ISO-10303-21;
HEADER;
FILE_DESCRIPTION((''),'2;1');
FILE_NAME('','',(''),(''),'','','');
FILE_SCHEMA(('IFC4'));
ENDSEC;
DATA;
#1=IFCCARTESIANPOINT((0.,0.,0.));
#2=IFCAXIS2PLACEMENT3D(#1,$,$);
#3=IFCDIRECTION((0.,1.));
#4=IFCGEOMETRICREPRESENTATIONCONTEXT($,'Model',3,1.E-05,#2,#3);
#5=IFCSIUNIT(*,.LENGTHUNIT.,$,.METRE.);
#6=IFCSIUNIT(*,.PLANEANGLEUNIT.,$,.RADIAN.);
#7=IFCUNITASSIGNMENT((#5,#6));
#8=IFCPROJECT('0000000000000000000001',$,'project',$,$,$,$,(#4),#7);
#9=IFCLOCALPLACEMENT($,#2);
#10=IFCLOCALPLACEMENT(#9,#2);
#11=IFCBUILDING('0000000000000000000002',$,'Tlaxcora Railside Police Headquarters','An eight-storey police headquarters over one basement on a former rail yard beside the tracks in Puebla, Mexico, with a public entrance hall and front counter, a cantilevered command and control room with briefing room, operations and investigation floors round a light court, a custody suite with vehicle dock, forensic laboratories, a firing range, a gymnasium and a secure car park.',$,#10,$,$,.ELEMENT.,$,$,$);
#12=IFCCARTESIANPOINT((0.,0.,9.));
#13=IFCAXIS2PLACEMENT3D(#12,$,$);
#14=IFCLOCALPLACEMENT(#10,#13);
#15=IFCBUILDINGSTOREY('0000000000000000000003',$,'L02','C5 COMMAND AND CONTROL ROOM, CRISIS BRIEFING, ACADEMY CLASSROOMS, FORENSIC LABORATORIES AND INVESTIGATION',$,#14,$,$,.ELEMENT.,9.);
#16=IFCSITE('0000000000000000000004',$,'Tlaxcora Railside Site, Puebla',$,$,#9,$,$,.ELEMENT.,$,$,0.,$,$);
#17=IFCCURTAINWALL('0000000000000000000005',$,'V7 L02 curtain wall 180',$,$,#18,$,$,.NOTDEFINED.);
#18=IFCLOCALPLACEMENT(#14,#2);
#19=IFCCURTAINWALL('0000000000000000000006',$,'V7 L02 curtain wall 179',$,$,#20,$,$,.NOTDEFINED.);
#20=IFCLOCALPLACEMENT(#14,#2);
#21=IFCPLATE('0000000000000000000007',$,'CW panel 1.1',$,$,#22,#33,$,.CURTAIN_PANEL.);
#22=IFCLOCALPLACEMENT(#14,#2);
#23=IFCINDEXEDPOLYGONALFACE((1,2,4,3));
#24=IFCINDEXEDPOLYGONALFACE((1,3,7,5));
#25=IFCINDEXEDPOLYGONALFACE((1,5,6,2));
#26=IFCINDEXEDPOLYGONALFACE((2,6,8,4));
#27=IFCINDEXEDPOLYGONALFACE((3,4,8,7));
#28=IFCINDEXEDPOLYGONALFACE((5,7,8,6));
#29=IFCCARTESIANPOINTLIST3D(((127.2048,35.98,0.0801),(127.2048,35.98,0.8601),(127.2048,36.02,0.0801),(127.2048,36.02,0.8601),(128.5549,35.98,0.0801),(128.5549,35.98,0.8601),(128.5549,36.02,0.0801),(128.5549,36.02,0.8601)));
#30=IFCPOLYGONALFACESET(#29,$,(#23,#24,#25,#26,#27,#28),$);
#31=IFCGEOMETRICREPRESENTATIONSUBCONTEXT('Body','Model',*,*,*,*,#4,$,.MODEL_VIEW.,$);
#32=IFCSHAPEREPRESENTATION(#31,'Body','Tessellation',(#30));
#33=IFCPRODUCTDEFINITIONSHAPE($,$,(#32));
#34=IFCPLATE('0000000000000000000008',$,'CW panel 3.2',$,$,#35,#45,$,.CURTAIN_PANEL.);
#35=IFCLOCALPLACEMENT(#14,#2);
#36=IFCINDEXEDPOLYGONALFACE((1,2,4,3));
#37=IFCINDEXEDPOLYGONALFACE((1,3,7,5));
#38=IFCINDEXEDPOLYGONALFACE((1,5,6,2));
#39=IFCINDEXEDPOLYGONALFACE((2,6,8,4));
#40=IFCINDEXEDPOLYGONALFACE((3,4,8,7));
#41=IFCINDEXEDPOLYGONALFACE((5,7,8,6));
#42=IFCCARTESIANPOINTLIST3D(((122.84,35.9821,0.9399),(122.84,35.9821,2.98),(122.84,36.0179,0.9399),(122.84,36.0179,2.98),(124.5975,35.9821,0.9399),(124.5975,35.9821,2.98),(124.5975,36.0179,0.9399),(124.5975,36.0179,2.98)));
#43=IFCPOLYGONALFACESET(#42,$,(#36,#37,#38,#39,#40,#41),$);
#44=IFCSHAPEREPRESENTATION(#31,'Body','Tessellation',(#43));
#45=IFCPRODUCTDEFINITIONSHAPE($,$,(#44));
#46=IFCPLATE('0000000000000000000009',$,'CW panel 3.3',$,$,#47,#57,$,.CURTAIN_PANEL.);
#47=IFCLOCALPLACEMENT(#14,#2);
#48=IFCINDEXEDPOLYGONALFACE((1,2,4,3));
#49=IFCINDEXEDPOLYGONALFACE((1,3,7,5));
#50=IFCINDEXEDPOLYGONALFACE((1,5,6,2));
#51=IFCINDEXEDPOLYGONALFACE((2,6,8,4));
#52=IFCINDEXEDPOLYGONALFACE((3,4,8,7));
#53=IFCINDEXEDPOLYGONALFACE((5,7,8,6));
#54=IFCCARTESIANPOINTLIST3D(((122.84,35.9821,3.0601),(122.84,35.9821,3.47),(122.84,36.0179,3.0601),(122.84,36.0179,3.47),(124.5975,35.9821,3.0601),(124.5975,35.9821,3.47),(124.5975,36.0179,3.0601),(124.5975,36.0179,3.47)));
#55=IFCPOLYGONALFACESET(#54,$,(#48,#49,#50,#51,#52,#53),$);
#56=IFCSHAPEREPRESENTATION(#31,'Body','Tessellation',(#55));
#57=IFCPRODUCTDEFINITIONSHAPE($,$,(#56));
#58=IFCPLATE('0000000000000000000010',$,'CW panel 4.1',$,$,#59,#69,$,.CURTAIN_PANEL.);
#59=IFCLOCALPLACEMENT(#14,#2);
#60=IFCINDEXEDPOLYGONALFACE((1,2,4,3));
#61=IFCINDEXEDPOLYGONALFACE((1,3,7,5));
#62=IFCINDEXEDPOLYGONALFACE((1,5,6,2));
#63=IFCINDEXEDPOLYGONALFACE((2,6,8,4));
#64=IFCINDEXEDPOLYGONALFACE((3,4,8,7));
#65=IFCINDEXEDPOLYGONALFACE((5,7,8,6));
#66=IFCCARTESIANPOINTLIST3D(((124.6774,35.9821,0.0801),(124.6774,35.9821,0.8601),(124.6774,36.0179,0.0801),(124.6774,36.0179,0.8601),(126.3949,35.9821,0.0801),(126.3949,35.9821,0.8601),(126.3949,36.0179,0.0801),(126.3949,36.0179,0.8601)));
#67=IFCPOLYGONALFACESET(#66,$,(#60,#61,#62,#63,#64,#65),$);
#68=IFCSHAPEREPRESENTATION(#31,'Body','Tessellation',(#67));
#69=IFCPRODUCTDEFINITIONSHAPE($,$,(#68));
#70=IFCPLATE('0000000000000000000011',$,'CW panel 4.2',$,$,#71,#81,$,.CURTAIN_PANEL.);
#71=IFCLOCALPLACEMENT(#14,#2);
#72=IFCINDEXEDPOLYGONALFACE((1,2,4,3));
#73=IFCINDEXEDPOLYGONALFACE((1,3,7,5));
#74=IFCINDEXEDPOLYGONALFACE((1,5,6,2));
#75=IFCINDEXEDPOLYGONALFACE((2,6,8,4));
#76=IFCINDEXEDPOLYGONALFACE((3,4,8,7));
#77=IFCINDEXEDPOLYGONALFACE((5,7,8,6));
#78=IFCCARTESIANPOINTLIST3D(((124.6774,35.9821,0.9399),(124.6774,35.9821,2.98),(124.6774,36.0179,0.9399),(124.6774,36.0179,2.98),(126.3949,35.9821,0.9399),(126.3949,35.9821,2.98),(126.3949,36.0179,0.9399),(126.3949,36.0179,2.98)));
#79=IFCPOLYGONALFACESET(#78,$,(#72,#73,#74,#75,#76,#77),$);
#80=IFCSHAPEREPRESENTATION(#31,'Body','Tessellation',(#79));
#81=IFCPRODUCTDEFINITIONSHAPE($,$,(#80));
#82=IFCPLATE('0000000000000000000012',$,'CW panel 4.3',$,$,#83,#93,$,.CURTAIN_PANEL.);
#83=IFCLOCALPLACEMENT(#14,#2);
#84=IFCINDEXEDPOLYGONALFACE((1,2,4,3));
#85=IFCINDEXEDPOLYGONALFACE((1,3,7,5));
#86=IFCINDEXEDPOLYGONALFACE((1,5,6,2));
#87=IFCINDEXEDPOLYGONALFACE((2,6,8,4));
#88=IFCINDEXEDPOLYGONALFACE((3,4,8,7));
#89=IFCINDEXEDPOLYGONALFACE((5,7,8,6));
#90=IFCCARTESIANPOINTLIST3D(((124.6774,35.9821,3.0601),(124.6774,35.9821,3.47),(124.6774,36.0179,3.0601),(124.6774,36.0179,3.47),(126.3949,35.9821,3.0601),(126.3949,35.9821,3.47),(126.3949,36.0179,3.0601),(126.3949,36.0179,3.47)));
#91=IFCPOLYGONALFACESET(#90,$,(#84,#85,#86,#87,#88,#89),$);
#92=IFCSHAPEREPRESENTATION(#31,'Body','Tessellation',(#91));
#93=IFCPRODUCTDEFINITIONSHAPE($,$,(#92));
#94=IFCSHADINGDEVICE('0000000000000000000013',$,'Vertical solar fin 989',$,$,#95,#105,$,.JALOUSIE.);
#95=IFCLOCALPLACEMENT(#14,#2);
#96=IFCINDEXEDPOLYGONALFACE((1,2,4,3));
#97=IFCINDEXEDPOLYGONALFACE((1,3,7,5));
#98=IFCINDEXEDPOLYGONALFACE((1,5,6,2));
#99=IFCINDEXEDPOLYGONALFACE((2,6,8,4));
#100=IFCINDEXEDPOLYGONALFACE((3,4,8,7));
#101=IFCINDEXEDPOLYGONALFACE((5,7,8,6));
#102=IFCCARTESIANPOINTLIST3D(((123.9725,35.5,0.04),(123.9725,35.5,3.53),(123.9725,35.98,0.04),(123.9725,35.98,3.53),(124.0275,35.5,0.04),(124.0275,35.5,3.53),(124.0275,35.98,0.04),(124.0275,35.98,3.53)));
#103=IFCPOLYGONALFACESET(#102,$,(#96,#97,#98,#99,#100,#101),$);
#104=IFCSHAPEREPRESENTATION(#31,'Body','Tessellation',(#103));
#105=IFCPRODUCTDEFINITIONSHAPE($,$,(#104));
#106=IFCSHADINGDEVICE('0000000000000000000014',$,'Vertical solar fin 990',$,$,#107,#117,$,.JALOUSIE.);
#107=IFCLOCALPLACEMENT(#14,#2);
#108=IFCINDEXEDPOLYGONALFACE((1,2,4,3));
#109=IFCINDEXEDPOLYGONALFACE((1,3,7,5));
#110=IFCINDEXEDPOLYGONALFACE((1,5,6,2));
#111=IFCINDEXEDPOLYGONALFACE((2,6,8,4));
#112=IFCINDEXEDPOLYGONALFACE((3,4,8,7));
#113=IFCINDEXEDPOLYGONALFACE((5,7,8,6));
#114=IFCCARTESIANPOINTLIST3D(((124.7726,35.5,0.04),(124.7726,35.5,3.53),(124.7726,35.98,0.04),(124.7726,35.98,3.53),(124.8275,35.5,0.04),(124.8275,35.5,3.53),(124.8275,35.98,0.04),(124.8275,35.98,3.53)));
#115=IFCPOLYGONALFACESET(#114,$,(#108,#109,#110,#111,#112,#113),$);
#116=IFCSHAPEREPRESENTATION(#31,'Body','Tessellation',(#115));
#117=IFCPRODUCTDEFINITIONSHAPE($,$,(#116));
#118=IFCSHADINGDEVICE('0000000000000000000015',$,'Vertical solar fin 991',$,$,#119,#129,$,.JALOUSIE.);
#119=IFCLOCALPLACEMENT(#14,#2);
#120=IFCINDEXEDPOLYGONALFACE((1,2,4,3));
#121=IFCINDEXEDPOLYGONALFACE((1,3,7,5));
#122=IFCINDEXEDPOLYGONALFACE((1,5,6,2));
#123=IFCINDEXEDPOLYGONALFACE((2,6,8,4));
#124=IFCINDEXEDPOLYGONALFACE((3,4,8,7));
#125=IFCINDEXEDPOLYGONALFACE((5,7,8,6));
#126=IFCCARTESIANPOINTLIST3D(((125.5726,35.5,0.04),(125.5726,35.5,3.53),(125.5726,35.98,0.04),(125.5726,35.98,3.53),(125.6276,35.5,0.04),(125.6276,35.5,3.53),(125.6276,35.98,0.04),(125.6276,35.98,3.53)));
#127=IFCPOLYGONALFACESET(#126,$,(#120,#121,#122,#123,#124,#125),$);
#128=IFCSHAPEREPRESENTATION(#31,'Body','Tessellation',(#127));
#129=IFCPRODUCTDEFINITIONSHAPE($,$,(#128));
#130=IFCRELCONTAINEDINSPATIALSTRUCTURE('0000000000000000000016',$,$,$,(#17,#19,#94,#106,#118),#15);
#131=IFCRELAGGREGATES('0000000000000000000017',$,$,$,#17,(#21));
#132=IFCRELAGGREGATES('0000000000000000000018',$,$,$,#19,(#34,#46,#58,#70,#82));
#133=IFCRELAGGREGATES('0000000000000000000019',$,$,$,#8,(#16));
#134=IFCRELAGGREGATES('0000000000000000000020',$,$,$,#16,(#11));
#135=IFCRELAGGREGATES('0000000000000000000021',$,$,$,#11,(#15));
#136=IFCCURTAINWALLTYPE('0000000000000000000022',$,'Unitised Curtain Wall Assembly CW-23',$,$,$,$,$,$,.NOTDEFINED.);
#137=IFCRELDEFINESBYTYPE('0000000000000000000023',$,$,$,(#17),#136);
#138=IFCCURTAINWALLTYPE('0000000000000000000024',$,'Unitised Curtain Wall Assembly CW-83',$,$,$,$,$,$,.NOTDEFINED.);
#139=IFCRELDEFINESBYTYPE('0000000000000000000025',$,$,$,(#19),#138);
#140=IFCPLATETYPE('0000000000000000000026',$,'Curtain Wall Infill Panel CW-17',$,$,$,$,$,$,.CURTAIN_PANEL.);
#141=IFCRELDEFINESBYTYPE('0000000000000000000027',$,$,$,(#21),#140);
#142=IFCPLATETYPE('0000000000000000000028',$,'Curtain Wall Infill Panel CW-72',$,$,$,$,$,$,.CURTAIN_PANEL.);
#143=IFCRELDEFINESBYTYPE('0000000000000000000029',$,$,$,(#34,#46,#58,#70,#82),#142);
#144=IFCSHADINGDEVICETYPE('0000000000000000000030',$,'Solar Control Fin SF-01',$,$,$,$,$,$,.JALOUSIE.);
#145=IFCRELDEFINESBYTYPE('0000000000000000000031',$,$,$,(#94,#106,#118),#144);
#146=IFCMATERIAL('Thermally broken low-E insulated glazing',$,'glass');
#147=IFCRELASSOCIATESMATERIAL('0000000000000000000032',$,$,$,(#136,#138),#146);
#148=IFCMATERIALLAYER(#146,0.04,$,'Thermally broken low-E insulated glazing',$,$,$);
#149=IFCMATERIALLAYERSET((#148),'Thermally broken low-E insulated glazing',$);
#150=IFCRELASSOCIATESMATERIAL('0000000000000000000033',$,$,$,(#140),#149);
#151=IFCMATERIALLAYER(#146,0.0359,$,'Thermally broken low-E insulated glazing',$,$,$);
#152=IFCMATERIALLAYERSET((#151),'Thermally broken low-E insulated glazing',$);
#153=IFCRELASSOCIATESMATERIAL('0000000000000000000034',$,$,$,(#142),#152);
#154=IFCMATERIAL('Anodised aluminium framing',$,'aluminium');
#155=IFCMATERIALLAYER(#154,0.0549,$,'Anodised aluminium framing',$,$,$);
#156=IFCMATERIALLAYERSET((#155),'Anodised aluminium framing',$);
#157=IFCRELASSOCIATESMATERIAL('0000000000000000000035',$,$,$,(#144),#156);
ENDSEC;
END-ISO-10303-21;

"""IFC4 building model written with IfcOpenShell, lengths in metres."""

from ifc_helpers import new_model, si_unit, direction, frame, origin, origin_2d, place, context, subcontext, project, spatial, rectangle, extrude, material, layer, layer_set, type_object, element, aggregate, save


model = new_model("IFC4")

# Units and contexts
model_context = context("Model", 3, precision=1e-05, world=origin(), true_north=direction((0.0, 1.0)))
body_context = subcontext(model_context, "Body", "Model", "MODEL_VIEW")
ifc_project = project(units=[si_unit("LENGTHUNIT", "METRE"), si_unit("PLANEANGLEUNIT", "RADIAN")], contexts=[model_context])

# Site, building, storey
site_placement = place(None, origin())
site = spatial("IfcSite", under=ifc_project, at=site_placement, Name="Tlaxcora Railside Site, Puebla", CompositionType="ELEMENT", RefElevation=0.0)
building_placement = place(site_placement, origin())
building = spatial("IfcBuilding", under=site, at=building_placement, Name="Tlaxcora Railside Police Headquarters", Description="An eight-storey police headquarters over one basement on a former rail yard beside the tracks in Puebla, Mexico, with a public entrance hall and front counter, a cantilevered command and control room with briefing room, operations and investigation floors round a light court, a custody suite with vehicle dock, forensic laboratories, a firing range, a gymnasium and a secure car park.", CompositionType="ELEMENT")
storey_placement = place(building_placement, frame((0.0, 0.0, 9.0)))
storey = spatial("IfcBuildingStorey", under=building, at=storey_placement, Name="L02", Description="C5 COMMAND AND CONTROL ROOM, CRISIS BRIEFING, ACADEMY CLASSROOMS, FORENSIC LABORATORIES AND INVESTIGATION", CompositionType="ELEMENT", Elevation=9.0)

# Curtain wall
ifc_material_1 = material(Name="Thermally broken low-E insulated glazing", Category="glass")
curtain_wall_type_1 = type_object("IfcCurtainWallType", Name="Unitised Curtain Wall Assembly CW-23", PredefinedType="NOTDEFINED", material=ifc_material_1)
curtain_wall_1_placement = place(storey_placement, origin())
curtain_wall_1 = element("IfcCurtainWall", 1, at=curtain_wall_1_placement, inside=storey, type_object=curtain_wall_type_1, Name="V7 L02 curtain wall 180", PredefinedType="NOTDEFINED")
ifc_material_2 = material(Name="Anodised aluminium framing", Category="aluminium")

# Curtain wall
curtain_wall_type_2 = type_object("IfcCurtainWallType", Name="Unitised Curtain Wall Assembly CW-83", PredefinedType="NOTDEFINED", material=ifc_material_1)
curtain_wall_2_placement = place(storey_placement, origin())
curtain_wall_2 = element("IfcCurtainWall", 2, at=curtain_wall_2_placement, inside=storey, type_object=curtain_wall_type_2, Name="V7 L02 curtain wall 179", PredefinedType="NOTDEFINED")

# Plates
ifc_layer_1 = layer(ifc_material_1, 0.04, Name="Thermally broken low-E insulated glazing")
ifc_layer_set_1 = layer_set([ifc_layer_1], Name="Thermally broken low-E insulated glazing")
plate_type_1 = type_object("IfcPlateType", Name="Curtain Wall Infill Panel CW-17", PredefinedType="CURTAIN_PANEL", material=ifc_layer_set_1)
plate_1_placement = place(storey_placement, frame((127.8799, 36.0, 0.0801), z_axis=(0.0, 0.0, 1.0), x_axis=(1.0, 0.0, 0.0)))
plate_1 = element("IfcPlate", 3, at=plate_1_placement, type_object=plate_type_1, Name="CW panel 1.1", PredefinedType="CURTAIN_PANEL", context=body_context, shape_type="SweptSolid", body=[
    extrude(rectangle(XDim=1.3501, YDim=0.04, at=origin_2d()), origin(), (0.0, 0.0, 1.0), 0.78),
])
aggregate(curtain_wall_1, [plate_1])
ifc_layer_2 = layer(ifc_material_1, 0.0359, Name="Thermally broken low-E insulated glazing")
ifc_layer_set_2 = layer_set([ifc_layer_2], Name="Thermally broken low-E insulated glazing")
plate_type_2 = type_object("IfcPlateType", Name="Curtain Wall Infill Panel CW-72", PredefinedType="CURTAIN_PANEL", material=ifc_layer_set_2)
plate_2_placement = place(storey_placement, frame((123.7188, 36.0, 0.9399), z_axis=(0.0, 0.0, 1.0), x_axis=(1.0, 0.0, 0.0)))
plate_2 = element("IfcPlate", 4, at=plate_2_placement, type_object=plate_type_2, Name="CW panel 3.2", PredefinedType="CURTAIN_PANEL", context=body_context, shape_type="SweptSolid", body=[
    extrude(rectangle(XDim=1.7576, YDim=0.0359, at=origin_2d()), origin(), (0.0, 0.0, 1.0), 2.04),
])
plate_3_placement = place(storey_placement, frame((123.7188, 36.0, 3.0601), z_axis=(0.0, 0.0, 1.0), x_axis=(1.0, 0.0, 0.0)))
plate_3 = element("IfcPlate", 5, at=plate_3_placement, type_object=plate_type_2, Name="CW panel 3.3", PredefinedType="CURTAIN_PANEL", context=body_context, shape_type="SweptSolid", body=[
    extrude(rectangle(XDim=1.7576, YDim=0.0359, at=origin_2d()), origin(), (0.0, 0.0, 1.0), 0.4099),
])
plate_4_placement = place(storey_placement, frame((125.5361, 36.0, 0.0801), z_axis=(0.0, 0.0, 1.0), x_axis=(1.0, 0.0, 0.0)))
plate_4 = element("IfcPlate", 6, at=plate_4_placement, type_object=plate_type_2, Name="CW panel 4.1", PredefinedType="CURTAIN_PANEL", context=body_context, shape_type="SweptSolid", body=[
    extrude(rectangle(XDim=1.7175, YDim=0.0359, at=origin_2d()), origin(), (0.0, 0.0, 1.0), 0.78),
])
plate_5_placement = place(storey_placement, frame((125.5361, 36.0, 0.9399), z_axis=(0.0, 0.0, 1.0), x_axis=(1.0, 0.0, 0.0)))
plate_5 = element("IfcPlate", 7, at=plate_5_placement, type_object=plate_type_2, Name="CW panel 4.2", PredefinedType="CURTAIN_PANEL", context=body_context, shape_type="SweptSolid", body=[
    extrude(rectangle(XDim=1.7175, YDim=0.0359, at=origin_2d()), origin(), (0.0, 0.0, 1.0), 2.04),
])
plate_6_placement = place(storey_placement, frame((125.5361, 36.0, 3.0601), z_axis=(0.0, 0.0, 1.0), x_axis=(1.0, 0.0, 0.0)))
plate_6 = element("IfcPlate", 8, at=plate_6_placement, type_object=plate_type_2, Name="CW panel 4.3", PredefinedType="CURTAIN_PANEL", context=body_context, shape_type="SweptSolid", body=[
    extrude(rectangle(XDim=1.7175, YDim=0.0359, at=origin_2d()), origin(), (0.0, 0.0, 1.0), 0.4099),
])
aggregate(curtain_wall_2, [plate_2, plate_3, plate_4, plate_5, plate_6])

# Shading devices
ifc_layer_3 = layer(ifc_material_2, 0.0549, Name="Anodised aluminium framing")
ifc_layer_set_3 = layer_set([ifc_layer_3], Name="Anodised aluminium framing")
shading_device_type = type_object("IfcShadingDeviceType", Name="Solar Control Fin SF-01", PredefinedType="JALOUSIE", material=ifc_layer_set_3)
for number, where, z_axis, x_axis, name in (
    (9, (124.0, 35.74, 0.04), (0.0, 0.0, 1.0), (0.0, -1.0, 0.0), "Vertical solar fin 989"),
    (10, (124.8, 35.74, 0.04), (0.0, 0.0, 1.0), (0.0, -1.0, 0.0), "Vertical solar fin 990"),
    (11, (125.6001, 35.74, 0.04), (0.0, 0.0, 1.0), (0.0, -1.0, 0.0), "Vertical solar fin 991"),
):
    element("IfcShadingDevice", number, at=place(storey_placement, frame(where, z_axis=z_axis, x_axis=x_axis)), inside=storey, type_object=shading_device_type, Name=name, PredefinedType="JALOUSIE", context=body_context, shape_type="SweptSolid", body=[
        extrude(rectangle(XDim=0.48, YDim=0.0549, at=origin_2d()), origin(), (0.0, 0.0, 1.0), 3.49),
    ])

save(model, "model.ifc")
